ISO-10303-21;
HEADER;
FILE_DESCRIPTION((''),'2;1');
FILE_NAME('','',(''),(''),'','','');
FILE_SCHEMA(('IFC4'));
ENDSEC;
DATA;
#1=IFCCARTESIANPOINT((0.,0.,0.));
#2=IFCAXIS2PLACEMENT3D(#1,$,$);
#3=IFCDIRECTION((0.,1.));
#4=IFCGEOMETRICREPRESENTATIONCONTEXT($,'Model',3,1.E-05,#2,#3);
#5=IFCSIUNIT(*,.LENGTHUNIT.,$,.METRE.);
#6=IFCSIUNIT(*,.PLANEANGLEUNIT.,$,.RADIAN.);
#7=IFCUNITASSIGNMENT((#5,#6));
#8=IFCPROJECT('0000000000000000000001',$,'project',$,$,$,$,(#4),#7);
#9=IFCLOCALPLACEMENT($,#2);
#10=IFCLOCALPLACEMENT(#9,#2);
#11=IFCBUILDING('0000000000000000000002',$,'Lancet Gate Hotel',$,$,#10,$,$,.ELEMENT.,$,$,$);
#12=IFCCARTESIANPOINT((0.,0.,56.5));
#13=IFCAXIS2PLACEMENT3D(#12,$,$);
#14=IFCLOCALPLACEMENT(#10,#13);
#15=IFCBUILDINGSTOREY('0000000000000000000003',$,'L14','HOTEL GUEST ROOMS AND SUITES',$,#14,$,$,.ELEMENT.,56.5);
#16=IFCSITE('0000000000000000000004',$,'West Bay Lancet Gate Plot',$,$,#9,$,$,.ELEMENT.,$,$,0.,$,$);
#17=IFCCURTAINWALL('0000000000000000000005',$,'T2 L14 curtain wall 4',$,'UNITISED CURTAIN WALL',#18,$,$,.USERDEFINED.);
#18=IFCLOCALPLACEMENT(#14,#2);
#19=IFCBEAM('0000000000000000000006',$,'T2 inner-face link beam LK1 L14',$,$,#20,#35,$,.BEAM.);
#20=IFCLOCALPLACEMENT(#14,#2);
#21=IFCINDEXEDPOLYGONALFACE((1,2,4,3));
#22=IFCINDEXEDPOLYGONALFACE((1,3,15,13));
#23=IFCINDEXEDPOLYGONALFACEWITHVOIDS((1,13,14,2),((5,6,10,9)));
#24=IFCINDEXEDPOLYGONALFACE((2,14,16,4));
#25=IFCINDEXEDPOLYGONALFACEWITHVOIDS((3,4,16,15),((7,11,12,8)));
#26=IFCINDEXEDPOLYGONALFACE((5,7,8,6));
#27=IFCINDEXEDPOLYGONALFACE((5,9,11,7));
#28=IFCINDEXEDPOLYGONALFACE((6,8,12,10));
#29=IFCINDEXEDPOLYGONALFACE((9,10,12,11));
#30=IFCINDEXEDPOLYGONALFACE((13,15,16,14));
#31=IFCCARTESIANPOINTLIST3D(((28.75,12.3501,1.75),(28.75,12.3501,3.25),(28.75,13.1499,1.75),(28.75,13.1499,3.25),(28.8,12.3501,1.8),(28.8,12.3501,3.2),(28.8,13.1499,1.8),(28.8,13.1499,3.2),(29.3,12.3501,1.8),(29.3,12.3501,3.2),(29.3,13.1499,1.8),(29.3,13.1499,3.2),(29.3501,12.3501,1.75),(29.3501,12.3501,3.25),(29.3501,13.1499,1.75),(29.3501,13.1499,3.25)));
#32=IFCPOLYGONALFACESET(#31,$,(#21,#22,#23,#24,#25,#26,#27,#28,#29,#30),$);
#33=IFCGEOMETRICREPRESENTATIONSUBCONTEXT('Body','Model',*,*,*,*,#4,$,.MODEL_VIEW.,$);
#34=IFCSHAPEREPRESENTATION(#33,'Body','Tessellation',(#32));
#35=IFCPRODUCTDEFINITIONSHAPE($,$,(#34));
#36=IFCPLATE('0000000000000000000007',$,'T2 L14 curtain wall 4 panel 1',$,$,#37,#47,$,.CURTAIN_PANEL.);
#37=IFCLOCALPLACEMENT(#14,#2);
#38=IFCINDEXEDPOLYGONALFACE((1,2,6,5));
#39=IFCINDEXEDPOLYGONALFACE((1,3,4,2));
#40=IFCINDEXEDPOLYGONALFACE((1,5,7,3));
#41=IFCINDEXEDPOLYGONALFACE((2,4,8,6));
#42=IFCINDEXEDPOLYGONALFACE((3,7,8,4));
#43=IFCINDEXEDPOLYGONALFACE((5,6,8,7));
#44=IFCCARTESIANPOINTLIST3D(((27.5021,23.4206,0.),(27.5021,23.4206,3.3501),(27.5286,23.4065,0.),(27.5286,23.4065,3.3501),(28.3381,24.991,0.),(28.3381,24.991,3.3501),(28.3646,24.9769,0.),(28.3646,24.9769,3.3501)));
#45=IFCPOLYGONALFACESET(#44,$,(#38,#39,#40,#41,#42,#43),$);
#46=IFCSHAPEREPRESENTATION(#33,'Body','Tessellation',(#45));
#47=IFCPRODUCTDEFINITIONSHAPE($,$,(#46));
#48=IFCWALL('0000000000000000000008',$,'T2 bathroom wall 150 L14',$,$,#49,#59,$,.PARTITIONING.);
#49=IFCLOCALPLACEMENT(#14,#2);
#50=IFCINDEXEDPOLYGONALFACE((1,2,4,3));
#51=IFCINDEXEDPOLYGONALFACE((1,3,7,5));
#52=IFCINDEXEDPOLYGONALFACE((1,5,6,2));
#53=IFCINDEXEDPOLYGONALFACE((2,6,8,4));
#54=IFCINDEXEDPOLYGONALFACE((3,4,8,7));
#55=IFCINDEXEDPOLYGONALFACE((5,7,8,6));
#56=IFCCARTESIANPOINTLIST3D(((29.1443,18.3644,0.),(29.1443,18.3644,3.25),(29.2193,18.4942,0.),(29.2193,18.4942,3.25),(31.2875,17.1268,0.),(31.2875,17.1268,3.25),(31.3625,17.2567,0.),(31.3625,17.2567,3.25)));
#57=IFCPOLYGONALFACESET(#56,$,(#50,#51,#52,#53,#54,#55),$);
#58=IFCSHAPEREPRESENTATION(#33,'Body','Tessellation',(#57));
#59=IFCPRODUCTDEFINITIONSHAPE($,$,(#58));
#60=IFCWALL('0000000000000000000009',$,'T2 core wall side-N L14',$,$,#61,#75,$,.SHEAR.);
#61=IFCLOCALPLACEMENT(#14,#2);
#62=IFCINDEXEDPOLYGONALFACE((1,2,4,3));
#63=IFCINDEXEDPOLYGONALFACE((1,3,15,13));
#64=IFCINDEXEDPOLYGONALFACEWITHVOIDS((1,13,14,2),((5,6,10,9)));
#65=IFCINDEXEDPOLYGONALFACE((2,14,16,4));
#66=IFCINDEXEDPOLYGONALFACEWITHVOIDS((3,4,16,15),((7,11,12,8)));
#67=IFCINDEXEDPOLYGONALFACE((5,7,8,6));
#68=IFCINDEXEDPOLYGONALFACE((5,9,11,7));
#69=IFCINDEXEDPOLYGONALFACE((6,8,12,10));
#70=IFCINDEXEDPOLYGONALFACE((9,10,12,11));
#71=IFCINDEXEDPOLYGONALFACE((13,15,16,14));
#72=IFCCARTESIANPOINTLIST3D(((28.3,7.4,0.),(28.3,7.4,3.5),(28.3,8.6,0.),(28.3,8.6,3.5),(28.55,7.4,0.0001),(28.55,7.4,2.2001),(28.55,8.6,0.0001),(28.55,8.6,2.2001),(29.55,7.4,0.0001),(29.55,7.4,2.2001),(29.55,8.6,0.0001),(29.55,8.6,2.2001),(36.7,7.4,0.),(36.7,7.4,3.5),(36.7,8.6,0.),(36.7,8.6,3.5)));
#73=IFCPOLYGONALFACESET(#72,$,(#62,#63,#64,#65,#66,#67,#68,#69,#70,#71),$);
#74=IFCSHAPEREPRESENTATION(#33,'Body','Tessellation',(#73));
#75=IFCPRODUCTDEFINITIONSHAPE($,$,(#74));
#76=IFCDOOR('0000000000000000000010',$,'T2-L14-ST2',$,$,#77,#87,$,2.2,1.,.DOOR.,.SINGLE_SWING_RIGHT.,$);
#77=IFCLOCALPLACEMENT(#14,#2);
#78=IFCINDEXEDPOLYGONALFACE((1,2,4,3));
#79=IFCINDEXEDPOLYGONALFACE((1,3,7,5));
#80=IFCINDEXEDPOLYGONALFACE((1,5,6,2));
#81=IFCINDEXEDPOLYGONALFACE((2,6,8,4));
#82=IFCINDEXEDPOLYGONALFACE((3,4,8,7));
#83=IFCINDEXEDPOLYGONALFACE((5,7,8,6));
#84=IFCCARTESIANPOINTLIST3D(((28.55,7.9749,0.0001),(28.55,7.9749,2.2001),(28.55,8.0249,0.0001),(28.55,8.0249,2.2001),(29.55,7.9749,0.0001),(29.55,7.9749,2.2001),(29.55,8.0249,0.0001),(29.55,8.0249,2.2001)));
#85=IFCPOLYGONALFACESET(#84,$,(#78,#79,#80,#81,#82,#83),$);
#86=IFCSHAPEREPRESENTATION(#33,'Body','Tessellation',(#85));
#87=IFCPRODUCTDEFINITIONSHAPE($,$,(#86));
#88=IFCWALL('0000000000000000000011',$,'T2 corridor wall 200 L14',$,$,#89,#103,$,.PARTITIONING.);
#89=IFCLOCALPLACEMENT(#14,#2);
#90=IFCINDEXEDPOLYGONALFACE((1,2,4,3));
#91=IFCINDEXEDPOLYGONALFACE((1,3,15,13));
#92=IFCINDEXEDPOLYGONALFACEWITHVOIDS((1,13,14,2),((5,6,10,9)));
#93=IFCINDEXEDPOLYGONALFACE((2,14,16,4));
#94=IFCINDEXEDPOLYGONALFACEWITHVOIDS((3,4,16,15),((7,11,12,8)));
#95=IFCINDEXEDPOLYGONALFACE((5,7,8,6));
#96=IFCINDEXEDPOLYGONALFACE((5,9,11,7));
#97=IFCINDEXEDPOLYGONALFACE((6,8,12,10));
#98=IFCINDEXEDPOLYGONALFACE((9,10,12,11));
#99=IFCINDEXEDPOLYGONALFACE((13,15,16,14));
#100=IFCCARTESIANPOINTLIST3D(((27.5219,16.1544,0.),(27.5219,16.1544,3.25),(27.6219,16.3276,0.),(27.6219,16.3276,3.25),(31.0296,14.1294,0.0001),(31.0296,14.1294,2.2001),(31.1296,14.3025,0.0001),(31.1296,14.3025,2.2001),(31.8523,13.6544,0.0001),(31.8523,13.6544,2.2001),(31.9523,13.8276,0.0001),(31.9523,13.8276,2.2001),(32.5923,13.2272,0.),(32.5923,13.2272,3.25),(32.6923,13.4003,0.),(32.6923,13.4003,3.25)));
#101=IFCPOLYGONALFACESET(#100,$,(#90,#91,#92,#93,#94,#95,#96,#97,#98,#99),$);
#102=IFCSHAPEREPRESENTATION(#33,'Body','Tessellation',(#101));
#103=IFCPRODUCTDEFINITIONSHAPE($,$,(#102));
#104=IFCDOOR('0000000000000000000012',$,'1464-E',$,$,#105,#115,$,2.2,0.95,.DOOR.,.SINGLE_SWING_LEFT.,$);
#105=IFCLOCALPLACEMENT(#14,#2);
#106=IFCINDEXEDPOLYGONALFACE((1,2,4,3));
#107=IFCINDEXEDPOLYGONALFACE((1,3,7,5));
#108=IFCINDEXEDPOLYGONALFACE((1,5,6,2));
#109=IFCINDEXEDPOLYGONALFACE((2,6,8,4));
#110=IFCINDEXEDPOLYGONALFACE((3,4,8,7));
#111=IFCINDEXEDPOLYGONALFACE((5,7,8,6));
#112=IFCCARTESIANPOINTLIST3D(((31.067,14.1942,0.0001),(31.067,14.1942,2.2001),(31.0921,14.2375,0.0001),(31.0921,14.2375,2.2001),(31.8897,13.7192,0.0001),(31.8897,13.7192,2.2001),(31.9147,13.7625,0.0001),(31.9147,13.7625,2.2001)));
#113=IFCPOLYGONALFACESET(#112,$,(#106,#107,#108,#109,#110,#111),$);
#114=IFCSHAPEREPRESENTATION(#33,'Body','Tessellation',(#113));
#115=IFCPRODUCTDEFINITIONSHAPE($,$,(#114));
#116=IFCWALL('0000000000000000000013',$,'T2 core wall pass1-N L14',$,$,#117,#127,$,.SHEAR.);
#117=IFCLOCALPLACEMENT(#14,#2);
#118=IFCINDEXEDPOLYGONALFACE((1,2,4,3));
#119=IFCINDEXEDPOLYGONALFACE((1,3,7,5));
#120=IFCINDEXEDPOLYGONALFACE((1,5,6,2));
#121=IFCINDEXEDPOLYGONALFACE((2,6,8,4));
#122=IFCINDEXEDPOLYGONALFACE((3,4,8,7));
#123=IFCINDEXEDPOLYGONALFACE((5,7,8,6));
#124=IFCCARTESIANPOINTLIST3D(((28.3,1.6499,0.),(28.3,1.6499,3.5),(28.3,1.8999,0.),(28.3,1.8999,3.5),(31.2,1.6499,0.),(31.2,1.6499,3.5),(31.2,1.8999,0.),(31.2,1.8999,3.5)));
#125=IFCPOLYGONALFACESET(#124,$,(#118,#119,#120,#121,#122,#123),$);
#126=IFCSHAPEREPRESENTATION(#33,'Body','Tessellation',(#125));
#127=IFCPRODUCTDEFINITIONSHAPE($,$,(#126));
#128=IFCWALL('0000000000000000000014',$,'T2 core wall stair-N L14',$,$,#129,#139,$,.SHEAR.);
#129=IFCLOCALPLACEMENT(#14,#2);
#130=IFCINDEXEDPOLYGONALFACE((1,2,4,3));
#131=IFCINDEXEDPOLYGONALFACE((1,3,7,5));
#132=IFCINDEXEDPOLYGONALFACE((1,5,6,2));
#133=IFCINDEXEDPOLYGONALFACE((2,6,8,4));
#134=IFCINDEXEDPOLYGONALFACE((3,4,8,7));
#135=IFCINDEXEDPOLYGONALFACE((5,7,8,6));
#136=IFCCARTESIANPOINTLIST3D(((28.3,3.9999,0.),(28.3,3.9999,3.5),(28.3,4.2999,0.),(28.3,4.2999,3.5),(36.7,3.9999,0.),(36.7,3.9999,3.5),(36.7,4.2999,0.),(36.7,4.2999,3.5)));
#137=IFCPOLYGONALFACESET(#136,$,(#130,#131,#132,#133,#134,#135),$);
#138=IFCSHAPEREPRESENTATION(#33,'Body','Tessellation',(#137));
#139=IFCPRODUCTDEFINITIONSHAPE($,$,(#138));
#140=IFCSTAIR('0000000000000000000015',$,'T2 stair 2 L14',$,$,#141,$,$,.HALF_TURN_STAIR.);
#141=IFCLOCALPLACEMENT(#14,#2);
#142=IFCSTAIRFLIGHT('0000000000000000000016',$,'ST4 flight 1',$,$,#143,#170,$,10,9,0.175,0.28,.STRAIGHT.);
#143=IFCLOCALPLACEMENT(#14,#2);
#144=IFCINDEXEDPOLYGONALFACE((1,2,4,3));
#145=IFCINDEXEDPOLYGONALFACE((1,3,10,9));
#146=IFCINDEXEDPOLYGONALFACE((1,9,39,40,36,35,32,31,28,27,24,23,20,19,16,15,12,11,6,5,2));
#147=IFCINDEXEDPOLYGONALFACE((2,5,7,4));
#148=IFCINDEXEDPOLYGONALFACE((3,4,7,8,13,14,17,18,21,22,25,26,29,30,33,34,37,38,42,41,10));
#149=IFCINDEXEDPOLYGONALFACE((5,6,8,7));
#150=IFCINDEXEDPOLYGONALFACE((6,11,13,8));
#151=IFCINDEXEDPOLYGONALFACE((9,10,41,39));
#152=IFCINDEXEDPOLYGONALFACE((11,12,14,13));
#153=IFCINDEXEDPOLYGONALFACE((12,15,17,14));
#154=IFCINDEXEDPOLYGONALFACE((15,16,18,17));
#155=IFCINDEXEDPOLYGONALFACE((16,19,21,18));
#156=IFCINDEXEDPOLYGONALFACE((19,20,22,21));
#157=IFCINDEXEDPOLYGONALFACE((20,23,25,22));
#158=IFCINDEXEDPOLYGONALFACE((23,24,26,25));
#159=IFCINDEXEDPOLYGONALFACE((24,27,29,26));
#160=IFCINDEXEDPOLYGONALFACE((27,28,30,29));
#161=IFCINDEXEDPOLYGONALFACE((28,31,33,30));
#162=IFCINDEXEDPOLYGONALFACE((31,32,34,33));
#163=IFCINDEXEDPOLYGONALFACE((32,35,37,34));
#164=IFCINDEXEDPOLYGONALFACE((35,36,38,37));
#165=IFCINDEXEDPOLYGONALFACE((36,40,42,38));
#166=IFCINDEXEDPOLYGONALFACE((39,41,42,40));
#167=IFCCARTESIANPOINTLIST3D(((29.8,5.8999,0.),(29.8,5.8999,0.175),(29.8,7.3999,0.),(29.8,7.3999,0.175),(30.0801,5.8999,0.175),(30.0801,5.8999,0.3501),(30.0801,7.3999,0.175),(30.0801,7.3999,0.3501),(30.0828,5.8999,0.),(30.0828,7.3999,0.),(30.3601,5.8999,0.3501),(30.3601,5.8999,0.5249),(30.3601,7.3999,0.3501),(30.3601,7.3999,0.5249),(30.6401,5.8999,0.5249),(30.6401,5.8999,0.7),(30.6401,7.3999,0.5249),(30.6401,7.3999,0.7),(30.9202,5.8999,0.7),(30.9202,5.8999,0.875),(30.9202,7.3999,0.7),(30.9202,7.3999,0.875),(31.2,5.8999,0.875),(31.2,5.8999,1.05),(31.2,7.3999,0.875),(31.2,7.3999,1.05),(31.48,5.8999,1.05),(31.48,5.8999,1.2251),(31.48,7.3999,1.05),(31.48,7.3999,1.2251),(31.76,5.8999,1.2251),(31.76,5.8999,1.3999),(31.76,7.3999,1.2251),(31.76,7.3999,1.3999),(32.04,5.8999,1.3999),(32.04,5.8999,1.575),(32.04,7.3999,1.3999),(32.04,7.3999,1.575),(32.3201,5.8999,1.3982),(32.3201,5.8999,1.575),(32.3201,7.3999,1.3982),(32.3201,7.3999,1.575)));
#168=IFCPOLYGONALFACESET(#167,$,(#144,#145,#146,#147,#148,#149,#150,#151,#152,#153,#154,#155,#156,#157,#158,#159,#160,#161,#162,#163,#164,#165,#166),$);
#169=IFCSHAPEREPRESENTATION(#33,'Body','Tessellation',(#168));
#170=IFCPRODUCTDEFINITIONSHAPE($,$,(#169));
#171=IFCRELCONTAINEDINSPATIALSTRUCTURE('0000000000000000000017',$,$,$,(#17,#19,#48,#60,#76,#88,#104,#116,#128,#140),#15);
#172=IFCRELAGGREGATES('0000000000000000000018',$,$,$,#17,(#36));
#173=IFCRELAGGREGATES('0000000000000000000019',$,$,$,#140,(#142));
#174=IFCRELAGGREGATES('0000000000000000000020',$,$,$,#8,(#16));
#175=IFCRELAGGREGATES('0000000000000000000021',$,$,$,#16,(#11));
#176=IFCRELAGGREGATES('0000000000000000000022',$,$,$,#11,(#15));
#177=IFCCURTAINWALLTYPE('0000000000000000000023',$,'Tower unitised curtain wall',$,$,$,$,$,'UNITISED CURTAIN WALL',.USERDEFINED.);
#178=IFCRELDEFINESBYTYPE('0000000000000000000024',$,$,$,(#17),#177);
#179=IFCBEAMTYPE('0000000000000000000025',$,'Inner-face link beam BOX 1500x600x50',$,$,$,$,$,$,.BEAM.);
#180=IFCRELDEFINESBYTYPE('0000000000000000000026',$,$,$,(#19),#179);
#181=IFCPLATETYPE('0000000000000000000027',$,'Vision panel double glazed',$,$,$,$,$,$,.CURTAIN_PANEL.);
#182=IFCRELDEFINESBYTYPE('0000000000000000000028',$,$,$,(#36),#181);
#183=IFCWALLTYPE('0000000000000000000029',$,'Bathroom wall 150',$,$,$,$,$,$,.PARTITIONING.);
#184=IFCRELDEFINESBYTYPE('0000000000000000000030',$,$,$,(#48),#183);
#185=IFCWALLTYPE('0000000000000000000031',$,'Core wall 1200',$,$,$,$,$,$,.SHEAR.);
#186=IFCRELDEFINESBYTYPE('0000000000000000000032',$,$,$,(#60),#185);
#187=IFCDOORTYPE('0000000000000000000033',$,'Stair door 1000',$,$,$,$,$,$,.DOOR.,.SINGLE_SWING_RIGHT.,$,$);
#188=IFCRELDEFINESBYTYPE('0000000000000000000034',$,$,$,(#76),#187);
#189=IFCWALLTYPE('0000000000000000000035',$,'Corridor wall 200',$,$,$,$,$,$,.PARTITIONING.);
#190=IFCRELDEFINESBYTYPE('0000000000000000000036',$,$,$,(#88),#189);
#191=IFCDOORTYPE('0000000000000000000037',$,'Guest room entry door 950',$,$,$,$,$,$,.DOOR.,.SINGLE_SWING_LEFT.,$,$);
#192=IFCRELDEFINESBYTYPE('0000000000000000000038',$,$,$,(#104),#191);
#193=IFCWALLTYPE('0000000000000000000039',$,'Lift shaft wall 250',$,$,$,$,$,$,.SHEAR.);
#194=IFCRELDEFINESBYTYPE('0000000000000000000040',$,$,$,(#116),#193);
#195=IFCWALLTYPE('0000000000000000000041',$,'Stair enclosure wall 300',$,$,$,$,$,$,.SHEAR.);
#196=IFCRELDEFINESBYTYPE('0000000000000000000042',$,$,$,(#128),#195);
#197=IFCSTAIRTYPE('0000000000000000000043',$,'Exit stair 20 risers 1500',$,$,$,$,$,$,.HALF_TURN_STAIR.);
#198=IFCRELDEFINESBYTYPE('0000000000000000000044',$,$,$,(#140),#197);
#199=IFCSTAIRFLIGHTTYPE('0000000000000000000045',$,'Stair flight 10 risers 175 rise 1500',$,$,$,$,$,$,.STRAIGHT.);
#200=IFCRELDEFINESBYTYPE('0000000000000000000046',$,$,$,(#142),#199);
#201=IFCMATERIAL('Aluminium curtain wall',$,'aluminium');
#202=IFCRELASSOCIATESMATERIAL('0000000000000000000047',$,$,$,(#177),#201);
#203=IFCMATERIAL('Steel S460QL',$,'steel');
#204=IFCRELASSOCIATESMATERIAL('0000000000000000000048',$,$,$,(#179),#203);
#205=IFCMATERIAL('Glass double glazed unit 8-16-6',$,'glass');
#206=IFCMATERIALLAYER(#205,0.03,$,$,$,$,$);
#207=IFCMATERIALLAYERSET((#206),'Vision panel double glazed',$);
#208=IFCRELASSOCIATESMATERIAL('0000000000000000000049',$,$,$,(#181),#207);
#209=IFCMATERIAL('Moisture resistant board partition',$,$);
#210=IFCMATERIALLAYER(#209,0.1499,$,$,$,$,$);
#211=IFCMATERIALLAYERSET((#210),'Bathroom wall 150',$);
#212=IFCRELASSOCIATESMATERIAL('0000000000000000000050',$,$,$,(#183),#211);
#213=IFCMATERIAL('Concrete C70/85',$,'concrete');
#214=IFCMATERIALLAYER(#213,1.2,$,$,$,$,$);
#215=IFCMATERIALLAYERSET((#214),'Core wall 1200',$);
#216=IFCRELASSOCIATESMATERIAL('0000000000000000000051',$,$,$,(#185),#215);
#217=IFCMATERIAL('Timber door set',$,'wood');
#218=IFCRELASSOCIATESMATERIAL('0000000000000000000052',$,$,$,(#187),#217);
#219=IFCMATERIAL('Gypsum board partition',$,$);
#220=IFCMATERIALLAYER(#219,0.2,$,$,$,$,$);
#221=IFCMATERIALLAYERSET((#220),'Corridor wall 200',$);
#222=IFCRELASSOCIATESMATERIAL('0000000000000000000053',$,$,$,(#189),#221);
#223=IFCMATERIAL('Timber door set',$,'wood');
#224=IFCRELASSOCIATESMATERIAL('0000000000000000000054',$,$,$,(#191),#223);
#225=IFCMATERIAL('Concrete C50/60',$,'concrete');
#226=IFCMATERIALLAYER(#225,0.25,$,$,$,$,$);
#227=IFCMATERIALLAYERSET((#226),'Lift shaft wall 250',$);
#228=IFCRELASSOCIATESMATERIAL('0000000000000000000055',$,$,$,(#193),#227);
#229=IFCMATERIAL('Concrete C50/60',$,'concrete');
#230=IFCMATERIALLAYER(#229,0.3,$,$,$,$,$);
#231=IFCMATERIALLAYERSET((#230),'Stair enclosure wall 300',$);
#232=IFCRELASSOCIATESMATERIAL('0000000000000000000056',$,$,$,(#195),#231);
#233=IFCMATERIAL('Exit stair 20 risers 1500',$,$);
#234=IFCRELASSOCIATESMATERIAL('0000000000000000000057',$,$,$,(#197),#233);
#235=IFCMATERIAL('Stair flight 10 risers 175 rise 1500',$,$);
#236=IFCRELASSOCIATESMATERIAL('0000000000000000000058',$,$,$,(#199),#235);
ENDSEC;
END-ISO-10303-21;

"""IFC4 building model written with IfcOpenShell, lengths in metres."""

from ifc_helpers import new_model, si_unit, direction, frame, frame_2d, origin, origin_2d, place, context, subcontext, project, spatial, polyline, rectangle, hollow_rectangle, outline, extrude, material, layer, layer_set, material_profile, profile_set, type_object, element, fill, aggregate, save


model = new_model("IFC4")

# Units and contexts
model_context = context("Model", 3, precision=1e-05, world=origin(), true_north=direction((0.0, 1.0)))
body_context = subcontext(model_context, "Body", "Model", "MODEL_VIEW")
ifc_project = project(units=[si_unit("LENGTHUNIT", "METRE"), si_unit("PLANEANGLEUNIT", "RADIAN")], contexts=[model_context])

# Site, building, storey
site_placement = place(None, origin())
site = spatial("IfcSite", under=ifc_project, at=site_placement, Name="West Bay Lancet Gate Plot", CompositionType="ELEMENT", RefElevation=0.0)
building_placement = place(site_placement, origin())
building = spatial("IfcBuilding", under=site, at=building_placement, Name="Lancet Gate Hotel", CompositionType="ELEMENT")
storey_placement = place(building_placement, frame((0.0, 0.0, 56.5)))
storey = spatial("IfcBuildingStorey", under=building, at=storey_placement, Name="L14", Description="HOTEL GUEST ROOMS AND SUITES", CompositionType="ELEMENT", Elevation=56.5)

# Curtain wall
ifc_material_1 = material(Name="Aluminium curtain wall", Category="aluminium")
curtain_wall_type = type_object("IfcCurtainWallType", Name="Tower unitised curtain wall", ElementType="UNITISED CURTAIN WALL", PredefinedType="USERDEFINED", material=ifc_material_1)
curtain_wall_placement = place(storey_placement, origin())
curtain_wall = element("IfcCurtainWall", 1, at=curtain_wall_placement, inside=storey, type_object=curtain_wall_type, Name="T2 L14 curtain wall 4", ObjectType="UNITISED CURTAIN WALL", PredefinedType="USERDEFINED")

# Beam
ifc_material_2 = material(Name="Steel S460QL", Category="steel")
ifc_material_profile_1 = material_profile(ifc_material_2, hollow_rectangle(XDim=0.6001, YDim=1.5, WallThickness=0.05, at=origin_2d()), Name="BOX 1500x600x50")
ifc_profile_set_1 = profile_set([ifc_material_profile_1], Name="Steel S460QL")
beam_type_1 = type_object("IfcBeamType", Name="Inner-face link beam BOX 1500x600x50", PredefinedType="BEAM", material=ifc_profile_set_1)
beam_1_placement = place(storey_placement, frame((29.05, 12.3501, 2.5), z_axis=(0.0, 1.0, 0.0), x_axis=(-1.0, 0.0, 0.0)))
element("IfcBeam", 2, at=beam_1_placement, inside=storey, type_object=beam_type_1, Name="T2 inner-face link beam LK1 L14", PredefinedType="BEAM", context=body_context, shape_type="SweptSolid", body=[
    extrude(hollow_rectangle(XDim=0.6001, YDim=1.5, WallThickness=0.05, at=origin_2d()), origin(), (0.0, 0.0, 1.0), 0.7998),
])

# Plate
ifc_material_3 = material(Name="Glass double glazed unit 8-16-6", Category="glass")
ifc_layer_1 = layer(ifc_material_3, 0.03)
ifc_layer_set_1 = layer_set([ifc_layer_1], Name="Vision panel double glazed")
plate_type = type_object("IfcPlateType", Name="Vision panel double glazed", PredefinedType="CURTAIN_PANEL", material=ifc_layer_set_1)
plate_placement = place(storey_placement, frame((27.9333, 24.1987, 0.0), z_axis=(0.0, 0.0, 1.0), x_axis=(-0.469898, -0.882721, 0.0)))
plate = element("IfcPlate", 3, at=plate_placement, type_object=plate_type, Name="T2 L14 curtain wall 4 panel 1", PredefinedType="CURTAIN_PANEL", context=body_context, shape_type="SweptSolid", body=[
    extrude(rectangle(XDim=1.7791, YDim=0.03, at=origin_2d()), origin(), (0.0, 0.0, 1.0), 3.3501),
])
aggregate(curtain_wall, [plate])

# Wall
ifc_material_4 = material(Name="Moisture resistant board partition")
ifc_layer_2 = layer(ifc_material_4, 0.1499)
ifc_layer_set_2 = layer_set([ifc_layer_2], Name="Bathroom wall 150")
wall_type_1 = type_object("IfcWallType", Name="Bathroom wall 150", PredefinedType="PARTITIONING", material=ifc_layer_set_2)
wall_1_placement = place(storey_placement, frame((29.1819, 18.4292, 0.0), z_axis=(0.0, 0.0, 1.0), x_axis=(0.866007, -0.500033, 0.0)))
element("IfcWall", 4, at=wall_1_placement, inside=storey, type_object=wall_type_1, Name="T2 bathroom wall 150 L14", PredefinedType="PARTITIONING", context=body_context, shape_type="SweptSolid", body=[
    extrude(rectangle(XDim=2.4749, YDim=0.1499, at=frame_2d((1.2373, 0.0))), origin(), (0.0, 0.0, 1.0), 3.25),
])

# Walls, openings, doors
ifc_material_5 = material(Name="Concrete C70/85", Category="concrete")
ifc_layer_3 = layer(ifc_material_5, 1.2)
ifc_layer_set_3 = layer_set([ifc_layer_3], Name="Core wall 1200")
wall_type_2 = type_object("IfcWallType", Name="Core wall 1200", PredefinedType="SHEAR", material=ifc_layer_set_3)
wall_2_placement = place(storey_placement, frame((28.3, 8.0, 0.0), z_axis=(0.0, 0.0, 1.0), x_axis=(1.0, 0.0, 0.0)))
wall_2 = element("IfcWall", 5, at=wall_2_placement, inside=storey, type_object=wall_type_2, Name="T2 core wall side-N L14", PredefinedType="SHEAR", context=body_context, shape_type="SweptSolid", body=[
    extrude(rectangle(XDim=8.3999, YDim=1.2, at=frame_2d((4.2, 0.0))), origin(), (0.0, 0.0, 1.0), 3.5),
])
opening_1_placement = place(wall_2_placement, frame((0.25, 0.0, 0.0)))
opening_1 = element("IfcOpeningElement", 6, at=opening_1_placement, cuts=wall_2, PredefinedType="OPENING", context=body_context, shape_type="SweptSolid", body=[
    extrude(rectangle(XDim=1.0, YDim=2.2, at=frame_2d((0.5, 1.1001))), frame((0.0, 0.6099, 0.0), z_axis=(0.0, -1.0, 0.0), x_axis=(1.0, 0.0, 0.0)), (0.0, 0.0, 1.0), 1.22),
])
ifc_material_6 = material(Name="Timber door set", Category="wood")
door_type_1 = type_object("IfcDoorType", Name="Stair door 1000", OperationType="SINGLE_SWING_RIGHT", PredefinedType="DOOR", material=ifc_material_6)
door_1_placement = place(opening_1_placement, origin())
door_1 = element("IfcDoor", 7, at=door_1_placement, inside=storey, type_object=door_type_1, Name="T2-L14-ST2", OperationType="SINGLE_SWING_RIGHT", OverallHeight=2.2, OverallWidth=1.0, PredefinedType="DOOR", context=body_context, shape_type="SweptSolid", body=[
    extrude(rectangle(XDim=1.0, YDim=2.2, at=frame_2d((0.5, 1.1001))), frame((0.0, 0.0249, 0.0), z_axis=(0.0, -1.0, 0.0), x_axis=(1.0, 0.0, 0.0)), (0.0, 0.0, 1.0), 0.05),
])
fill(opening_1, door_1)
ifc_material_7 = material(Name="Gypsum board partition")
ifc_layer_4 = layer(ifc_material_7, 0.2)
ifc_layer_set_4 = layer_set([ifc_layer_4], Name="Corridor wall 200")
wall_type_3 = type_object("IfcWallType", Name="Corridor wall 200", PredefinedType="PARTITIONING", material=ifc_layer_set_4)
wall_3_placement = place(storey_placement, frame((27.572, 16.241, 0.0), z_axis=(0.0, 0.0, 1.0), x_axis=(0.866033, -0.499987, 0.0)))
wall_3 = element("IfcWall", 8, at=wall_3_placement, inside=storey, type_object=wall_type_3, Name="T2 corridor wall 200 L14", PredefinedType="PARTITIONING", context=body_context, shape_type="SweptSolid", body=[
    extrude(rectangle(XDim=5.8547, YDim=0.2, at=frame_2d((2.9272, 0.0))), origin(), (0.0, 0.0, 1.0), 3.25),
])
opening_2_placement = place(wall_3_placement, frame((4.05, 0.0, 0.0)))
opening_2 = element("IfcOpeningElement", 9, at=opening_2_placement, cuts=wall_3, PredefinedType="OPENING", context=body_context, shape_type="SweptSolid", body=[
    extrude(rectangle(XDim=0.95, YDim=2.2, at=frame_2d((0.4751, 1.1001))), frame((0.0, 0.1099, 0.0), z_axis=(0.0, -1.0, 0.0), x_axis=(1.0, 0.0, 0.0)), (0.0, 0.0, 1.0), 0.22),
])
ifc_material_8 = material(Name="Timber door set", Category="wood")
door_type_2 = type_object("IfcDoorType", Name="Guest room entry door 950", OperationType="SINGLE_SWING_LEFT", PredefinedType="DOOR", material=ifc_material_8)
door_2_placement = place(opening_2_placement, origin())
door_2 = element("IfcDoor", 10, at=door_2_placement, inside=storey, type_object=door_type_2, Name="1464-E", OperationType="SINGLE_SWING_LEFT", OverallHeight=2.2, OverallWidth=0.95, PredefinedType="DOOR", context=body_context, shape_type="SweptSolid", body=[
    extrude(rectangle(XDim=0.95, YDim=2.2, at=frame_2d((0.4751, 1.1001))), frame((0.0, 0.0249, 0.0), z_axis=(0.0, -1.0, 0.0), x_axis=(1.0, 0.0, 0.0)), (0.0, 0.0, 1.0), 0.05),
])
fill(opening_2, door_2)

# Walls
ifc_material_9 = material(Name="Concrete C50/60", Category="concrete")
ifc_layer_5 = layer(ifc_material_9, 0.25)
ifc_layer_set_5 = layer_set([ifc_layer_5], Name="Lift shaft wall 250")
wall_type_4 = type_object("IfcWallType", Name="Lift shaft wall 250", PredefinedType="SHEAR", material=ifc_layer_set_5)
wall_4_placement = place(storey_placement, frame((28.3, 1.7749, 0.0), z_axis=(0.0, 0.0, 1.0), x_axis=(1.0, 0.0, 0.0)))
element("IfcWall", 11, at=wall_4_placement, inside=storey, type_object=wall_type_4, Name="T2 core wall pass1-N L14", PredefinedType="SHEAR", context=body_context, shape_type="SweptSolid", body=[
    extrude(rectangle(XDim=2.8999, YDim=0.25, at=frame_2d((1.45, 0.0))), origin(), (0.0, 0.0, 1.0), 3.5),
])
ifc_material_10 = material(Name="Concrete C50/60", Category="concrete")
ifc_layer_6 = layer(ifc_material_10, 0.3)
ifc_layer_set_6 = layer_set([ifc_layer_6], Name="Stair enclosure wall 300")
wall_type_5 = type_object("IfcWallType", Name="Stair enclosure wall 300", PredefinedType="SHEAR", material=ifc_layer_set_6)
wall_5_placement = place(storey_placement, frame((28.3, 4.1499, 0.0), z_axis=(0.0, 0.0, 1.0), x_axis=(1.0, 0.0, 0.0)))
element("IfcWall", 12, at=wall_5_placement, inside=storey, type_object=wall_type_5, Name="T2 core wall stair-N L14", PredefinedType="SHEAR", context=body_context, shape_type="SweptSolid", body=[
    extrude(rectangle(XDim=8.3999, YDim=0.3, at=frame_2d((4.2, 0.0))), origin(), (0.0, 0.0, 1.0), 3.5),
])

# Stair, stair flight
ifc_material_11 = material(Name="Exit stair 20 risers 1500")
stair_type = type_object("IfcStairType", Name="Exit stair 20 risers 1500", PredefinedType="HALF_TURN_STAIR", material=ifc_material_11)
stair_placement = place(storey_placement, origin())
stair = element("IfcStair", 13, at=stair_placement, inside=storey, type_object=stair_type, Name="T2 stair 2 L14", PredefinedType="HALF_TURN_STAIR")
ifc_material_12 = material(Name="Stair flight 10 risers 175 rise 1500")
stair_flight_type = type_object("IfcStairFlightType", Name="Stair flight 10 risers 175 rise 1500", PredefinedType="STRAIGHT", material=ifc_material_12)
stair_flight_placement = place(storey_placement, frame((29.8, 6.6499, 0.0), z_axis=(0.0, 0.0, 1.0), x_axis=(1.0, 0.0, 0.0)))
stair_flight = element("IfcStairFlight", 14, at=stair_flight_placement, type_object=stair_flight_type, Name="ST4 flight 1", NumberOfRisers=10, NumberOfTreads=9, PredefinedType="STRAIGHT", RiserHeight=0.175, TreadLength=0.28, context=body_context, shape_type="SweptSolid", body=[
    extrude(outline(polyline([(0.0, 0.0), (0.0, 0.175), (0.28, 0.175), (0.28, 0.3501), (0.5601, 0.3501), (0.5601, 0.5249), (0.8401, 0.5249), (0.8401, 0.7), (1.1201, 0.7), (1.1201, 0.875), (1.3999, 0.875), (1.3999, 1.05), (1.6799, 1.05), (1.6799, 1.2251), (1.96, 1.2251), (1.96, 1.3999), (2.24, 1.3999), (2.24, 1.575), (2.52, 1.575), (2.52, 1.75), (2.52, 1.3982), (0.2827, 0.0), (0.0, 0.0)])), frame((0.0, 0.75, 0.0), z_axis=(0.0, -1.0, 0.0), x_axis=(1.0, 0.0, 0.0)), (0.0, 0.0, 1.0), 1.5),
])
aggregate(stair, [stair_flight])

save(model, "model.ifc")
